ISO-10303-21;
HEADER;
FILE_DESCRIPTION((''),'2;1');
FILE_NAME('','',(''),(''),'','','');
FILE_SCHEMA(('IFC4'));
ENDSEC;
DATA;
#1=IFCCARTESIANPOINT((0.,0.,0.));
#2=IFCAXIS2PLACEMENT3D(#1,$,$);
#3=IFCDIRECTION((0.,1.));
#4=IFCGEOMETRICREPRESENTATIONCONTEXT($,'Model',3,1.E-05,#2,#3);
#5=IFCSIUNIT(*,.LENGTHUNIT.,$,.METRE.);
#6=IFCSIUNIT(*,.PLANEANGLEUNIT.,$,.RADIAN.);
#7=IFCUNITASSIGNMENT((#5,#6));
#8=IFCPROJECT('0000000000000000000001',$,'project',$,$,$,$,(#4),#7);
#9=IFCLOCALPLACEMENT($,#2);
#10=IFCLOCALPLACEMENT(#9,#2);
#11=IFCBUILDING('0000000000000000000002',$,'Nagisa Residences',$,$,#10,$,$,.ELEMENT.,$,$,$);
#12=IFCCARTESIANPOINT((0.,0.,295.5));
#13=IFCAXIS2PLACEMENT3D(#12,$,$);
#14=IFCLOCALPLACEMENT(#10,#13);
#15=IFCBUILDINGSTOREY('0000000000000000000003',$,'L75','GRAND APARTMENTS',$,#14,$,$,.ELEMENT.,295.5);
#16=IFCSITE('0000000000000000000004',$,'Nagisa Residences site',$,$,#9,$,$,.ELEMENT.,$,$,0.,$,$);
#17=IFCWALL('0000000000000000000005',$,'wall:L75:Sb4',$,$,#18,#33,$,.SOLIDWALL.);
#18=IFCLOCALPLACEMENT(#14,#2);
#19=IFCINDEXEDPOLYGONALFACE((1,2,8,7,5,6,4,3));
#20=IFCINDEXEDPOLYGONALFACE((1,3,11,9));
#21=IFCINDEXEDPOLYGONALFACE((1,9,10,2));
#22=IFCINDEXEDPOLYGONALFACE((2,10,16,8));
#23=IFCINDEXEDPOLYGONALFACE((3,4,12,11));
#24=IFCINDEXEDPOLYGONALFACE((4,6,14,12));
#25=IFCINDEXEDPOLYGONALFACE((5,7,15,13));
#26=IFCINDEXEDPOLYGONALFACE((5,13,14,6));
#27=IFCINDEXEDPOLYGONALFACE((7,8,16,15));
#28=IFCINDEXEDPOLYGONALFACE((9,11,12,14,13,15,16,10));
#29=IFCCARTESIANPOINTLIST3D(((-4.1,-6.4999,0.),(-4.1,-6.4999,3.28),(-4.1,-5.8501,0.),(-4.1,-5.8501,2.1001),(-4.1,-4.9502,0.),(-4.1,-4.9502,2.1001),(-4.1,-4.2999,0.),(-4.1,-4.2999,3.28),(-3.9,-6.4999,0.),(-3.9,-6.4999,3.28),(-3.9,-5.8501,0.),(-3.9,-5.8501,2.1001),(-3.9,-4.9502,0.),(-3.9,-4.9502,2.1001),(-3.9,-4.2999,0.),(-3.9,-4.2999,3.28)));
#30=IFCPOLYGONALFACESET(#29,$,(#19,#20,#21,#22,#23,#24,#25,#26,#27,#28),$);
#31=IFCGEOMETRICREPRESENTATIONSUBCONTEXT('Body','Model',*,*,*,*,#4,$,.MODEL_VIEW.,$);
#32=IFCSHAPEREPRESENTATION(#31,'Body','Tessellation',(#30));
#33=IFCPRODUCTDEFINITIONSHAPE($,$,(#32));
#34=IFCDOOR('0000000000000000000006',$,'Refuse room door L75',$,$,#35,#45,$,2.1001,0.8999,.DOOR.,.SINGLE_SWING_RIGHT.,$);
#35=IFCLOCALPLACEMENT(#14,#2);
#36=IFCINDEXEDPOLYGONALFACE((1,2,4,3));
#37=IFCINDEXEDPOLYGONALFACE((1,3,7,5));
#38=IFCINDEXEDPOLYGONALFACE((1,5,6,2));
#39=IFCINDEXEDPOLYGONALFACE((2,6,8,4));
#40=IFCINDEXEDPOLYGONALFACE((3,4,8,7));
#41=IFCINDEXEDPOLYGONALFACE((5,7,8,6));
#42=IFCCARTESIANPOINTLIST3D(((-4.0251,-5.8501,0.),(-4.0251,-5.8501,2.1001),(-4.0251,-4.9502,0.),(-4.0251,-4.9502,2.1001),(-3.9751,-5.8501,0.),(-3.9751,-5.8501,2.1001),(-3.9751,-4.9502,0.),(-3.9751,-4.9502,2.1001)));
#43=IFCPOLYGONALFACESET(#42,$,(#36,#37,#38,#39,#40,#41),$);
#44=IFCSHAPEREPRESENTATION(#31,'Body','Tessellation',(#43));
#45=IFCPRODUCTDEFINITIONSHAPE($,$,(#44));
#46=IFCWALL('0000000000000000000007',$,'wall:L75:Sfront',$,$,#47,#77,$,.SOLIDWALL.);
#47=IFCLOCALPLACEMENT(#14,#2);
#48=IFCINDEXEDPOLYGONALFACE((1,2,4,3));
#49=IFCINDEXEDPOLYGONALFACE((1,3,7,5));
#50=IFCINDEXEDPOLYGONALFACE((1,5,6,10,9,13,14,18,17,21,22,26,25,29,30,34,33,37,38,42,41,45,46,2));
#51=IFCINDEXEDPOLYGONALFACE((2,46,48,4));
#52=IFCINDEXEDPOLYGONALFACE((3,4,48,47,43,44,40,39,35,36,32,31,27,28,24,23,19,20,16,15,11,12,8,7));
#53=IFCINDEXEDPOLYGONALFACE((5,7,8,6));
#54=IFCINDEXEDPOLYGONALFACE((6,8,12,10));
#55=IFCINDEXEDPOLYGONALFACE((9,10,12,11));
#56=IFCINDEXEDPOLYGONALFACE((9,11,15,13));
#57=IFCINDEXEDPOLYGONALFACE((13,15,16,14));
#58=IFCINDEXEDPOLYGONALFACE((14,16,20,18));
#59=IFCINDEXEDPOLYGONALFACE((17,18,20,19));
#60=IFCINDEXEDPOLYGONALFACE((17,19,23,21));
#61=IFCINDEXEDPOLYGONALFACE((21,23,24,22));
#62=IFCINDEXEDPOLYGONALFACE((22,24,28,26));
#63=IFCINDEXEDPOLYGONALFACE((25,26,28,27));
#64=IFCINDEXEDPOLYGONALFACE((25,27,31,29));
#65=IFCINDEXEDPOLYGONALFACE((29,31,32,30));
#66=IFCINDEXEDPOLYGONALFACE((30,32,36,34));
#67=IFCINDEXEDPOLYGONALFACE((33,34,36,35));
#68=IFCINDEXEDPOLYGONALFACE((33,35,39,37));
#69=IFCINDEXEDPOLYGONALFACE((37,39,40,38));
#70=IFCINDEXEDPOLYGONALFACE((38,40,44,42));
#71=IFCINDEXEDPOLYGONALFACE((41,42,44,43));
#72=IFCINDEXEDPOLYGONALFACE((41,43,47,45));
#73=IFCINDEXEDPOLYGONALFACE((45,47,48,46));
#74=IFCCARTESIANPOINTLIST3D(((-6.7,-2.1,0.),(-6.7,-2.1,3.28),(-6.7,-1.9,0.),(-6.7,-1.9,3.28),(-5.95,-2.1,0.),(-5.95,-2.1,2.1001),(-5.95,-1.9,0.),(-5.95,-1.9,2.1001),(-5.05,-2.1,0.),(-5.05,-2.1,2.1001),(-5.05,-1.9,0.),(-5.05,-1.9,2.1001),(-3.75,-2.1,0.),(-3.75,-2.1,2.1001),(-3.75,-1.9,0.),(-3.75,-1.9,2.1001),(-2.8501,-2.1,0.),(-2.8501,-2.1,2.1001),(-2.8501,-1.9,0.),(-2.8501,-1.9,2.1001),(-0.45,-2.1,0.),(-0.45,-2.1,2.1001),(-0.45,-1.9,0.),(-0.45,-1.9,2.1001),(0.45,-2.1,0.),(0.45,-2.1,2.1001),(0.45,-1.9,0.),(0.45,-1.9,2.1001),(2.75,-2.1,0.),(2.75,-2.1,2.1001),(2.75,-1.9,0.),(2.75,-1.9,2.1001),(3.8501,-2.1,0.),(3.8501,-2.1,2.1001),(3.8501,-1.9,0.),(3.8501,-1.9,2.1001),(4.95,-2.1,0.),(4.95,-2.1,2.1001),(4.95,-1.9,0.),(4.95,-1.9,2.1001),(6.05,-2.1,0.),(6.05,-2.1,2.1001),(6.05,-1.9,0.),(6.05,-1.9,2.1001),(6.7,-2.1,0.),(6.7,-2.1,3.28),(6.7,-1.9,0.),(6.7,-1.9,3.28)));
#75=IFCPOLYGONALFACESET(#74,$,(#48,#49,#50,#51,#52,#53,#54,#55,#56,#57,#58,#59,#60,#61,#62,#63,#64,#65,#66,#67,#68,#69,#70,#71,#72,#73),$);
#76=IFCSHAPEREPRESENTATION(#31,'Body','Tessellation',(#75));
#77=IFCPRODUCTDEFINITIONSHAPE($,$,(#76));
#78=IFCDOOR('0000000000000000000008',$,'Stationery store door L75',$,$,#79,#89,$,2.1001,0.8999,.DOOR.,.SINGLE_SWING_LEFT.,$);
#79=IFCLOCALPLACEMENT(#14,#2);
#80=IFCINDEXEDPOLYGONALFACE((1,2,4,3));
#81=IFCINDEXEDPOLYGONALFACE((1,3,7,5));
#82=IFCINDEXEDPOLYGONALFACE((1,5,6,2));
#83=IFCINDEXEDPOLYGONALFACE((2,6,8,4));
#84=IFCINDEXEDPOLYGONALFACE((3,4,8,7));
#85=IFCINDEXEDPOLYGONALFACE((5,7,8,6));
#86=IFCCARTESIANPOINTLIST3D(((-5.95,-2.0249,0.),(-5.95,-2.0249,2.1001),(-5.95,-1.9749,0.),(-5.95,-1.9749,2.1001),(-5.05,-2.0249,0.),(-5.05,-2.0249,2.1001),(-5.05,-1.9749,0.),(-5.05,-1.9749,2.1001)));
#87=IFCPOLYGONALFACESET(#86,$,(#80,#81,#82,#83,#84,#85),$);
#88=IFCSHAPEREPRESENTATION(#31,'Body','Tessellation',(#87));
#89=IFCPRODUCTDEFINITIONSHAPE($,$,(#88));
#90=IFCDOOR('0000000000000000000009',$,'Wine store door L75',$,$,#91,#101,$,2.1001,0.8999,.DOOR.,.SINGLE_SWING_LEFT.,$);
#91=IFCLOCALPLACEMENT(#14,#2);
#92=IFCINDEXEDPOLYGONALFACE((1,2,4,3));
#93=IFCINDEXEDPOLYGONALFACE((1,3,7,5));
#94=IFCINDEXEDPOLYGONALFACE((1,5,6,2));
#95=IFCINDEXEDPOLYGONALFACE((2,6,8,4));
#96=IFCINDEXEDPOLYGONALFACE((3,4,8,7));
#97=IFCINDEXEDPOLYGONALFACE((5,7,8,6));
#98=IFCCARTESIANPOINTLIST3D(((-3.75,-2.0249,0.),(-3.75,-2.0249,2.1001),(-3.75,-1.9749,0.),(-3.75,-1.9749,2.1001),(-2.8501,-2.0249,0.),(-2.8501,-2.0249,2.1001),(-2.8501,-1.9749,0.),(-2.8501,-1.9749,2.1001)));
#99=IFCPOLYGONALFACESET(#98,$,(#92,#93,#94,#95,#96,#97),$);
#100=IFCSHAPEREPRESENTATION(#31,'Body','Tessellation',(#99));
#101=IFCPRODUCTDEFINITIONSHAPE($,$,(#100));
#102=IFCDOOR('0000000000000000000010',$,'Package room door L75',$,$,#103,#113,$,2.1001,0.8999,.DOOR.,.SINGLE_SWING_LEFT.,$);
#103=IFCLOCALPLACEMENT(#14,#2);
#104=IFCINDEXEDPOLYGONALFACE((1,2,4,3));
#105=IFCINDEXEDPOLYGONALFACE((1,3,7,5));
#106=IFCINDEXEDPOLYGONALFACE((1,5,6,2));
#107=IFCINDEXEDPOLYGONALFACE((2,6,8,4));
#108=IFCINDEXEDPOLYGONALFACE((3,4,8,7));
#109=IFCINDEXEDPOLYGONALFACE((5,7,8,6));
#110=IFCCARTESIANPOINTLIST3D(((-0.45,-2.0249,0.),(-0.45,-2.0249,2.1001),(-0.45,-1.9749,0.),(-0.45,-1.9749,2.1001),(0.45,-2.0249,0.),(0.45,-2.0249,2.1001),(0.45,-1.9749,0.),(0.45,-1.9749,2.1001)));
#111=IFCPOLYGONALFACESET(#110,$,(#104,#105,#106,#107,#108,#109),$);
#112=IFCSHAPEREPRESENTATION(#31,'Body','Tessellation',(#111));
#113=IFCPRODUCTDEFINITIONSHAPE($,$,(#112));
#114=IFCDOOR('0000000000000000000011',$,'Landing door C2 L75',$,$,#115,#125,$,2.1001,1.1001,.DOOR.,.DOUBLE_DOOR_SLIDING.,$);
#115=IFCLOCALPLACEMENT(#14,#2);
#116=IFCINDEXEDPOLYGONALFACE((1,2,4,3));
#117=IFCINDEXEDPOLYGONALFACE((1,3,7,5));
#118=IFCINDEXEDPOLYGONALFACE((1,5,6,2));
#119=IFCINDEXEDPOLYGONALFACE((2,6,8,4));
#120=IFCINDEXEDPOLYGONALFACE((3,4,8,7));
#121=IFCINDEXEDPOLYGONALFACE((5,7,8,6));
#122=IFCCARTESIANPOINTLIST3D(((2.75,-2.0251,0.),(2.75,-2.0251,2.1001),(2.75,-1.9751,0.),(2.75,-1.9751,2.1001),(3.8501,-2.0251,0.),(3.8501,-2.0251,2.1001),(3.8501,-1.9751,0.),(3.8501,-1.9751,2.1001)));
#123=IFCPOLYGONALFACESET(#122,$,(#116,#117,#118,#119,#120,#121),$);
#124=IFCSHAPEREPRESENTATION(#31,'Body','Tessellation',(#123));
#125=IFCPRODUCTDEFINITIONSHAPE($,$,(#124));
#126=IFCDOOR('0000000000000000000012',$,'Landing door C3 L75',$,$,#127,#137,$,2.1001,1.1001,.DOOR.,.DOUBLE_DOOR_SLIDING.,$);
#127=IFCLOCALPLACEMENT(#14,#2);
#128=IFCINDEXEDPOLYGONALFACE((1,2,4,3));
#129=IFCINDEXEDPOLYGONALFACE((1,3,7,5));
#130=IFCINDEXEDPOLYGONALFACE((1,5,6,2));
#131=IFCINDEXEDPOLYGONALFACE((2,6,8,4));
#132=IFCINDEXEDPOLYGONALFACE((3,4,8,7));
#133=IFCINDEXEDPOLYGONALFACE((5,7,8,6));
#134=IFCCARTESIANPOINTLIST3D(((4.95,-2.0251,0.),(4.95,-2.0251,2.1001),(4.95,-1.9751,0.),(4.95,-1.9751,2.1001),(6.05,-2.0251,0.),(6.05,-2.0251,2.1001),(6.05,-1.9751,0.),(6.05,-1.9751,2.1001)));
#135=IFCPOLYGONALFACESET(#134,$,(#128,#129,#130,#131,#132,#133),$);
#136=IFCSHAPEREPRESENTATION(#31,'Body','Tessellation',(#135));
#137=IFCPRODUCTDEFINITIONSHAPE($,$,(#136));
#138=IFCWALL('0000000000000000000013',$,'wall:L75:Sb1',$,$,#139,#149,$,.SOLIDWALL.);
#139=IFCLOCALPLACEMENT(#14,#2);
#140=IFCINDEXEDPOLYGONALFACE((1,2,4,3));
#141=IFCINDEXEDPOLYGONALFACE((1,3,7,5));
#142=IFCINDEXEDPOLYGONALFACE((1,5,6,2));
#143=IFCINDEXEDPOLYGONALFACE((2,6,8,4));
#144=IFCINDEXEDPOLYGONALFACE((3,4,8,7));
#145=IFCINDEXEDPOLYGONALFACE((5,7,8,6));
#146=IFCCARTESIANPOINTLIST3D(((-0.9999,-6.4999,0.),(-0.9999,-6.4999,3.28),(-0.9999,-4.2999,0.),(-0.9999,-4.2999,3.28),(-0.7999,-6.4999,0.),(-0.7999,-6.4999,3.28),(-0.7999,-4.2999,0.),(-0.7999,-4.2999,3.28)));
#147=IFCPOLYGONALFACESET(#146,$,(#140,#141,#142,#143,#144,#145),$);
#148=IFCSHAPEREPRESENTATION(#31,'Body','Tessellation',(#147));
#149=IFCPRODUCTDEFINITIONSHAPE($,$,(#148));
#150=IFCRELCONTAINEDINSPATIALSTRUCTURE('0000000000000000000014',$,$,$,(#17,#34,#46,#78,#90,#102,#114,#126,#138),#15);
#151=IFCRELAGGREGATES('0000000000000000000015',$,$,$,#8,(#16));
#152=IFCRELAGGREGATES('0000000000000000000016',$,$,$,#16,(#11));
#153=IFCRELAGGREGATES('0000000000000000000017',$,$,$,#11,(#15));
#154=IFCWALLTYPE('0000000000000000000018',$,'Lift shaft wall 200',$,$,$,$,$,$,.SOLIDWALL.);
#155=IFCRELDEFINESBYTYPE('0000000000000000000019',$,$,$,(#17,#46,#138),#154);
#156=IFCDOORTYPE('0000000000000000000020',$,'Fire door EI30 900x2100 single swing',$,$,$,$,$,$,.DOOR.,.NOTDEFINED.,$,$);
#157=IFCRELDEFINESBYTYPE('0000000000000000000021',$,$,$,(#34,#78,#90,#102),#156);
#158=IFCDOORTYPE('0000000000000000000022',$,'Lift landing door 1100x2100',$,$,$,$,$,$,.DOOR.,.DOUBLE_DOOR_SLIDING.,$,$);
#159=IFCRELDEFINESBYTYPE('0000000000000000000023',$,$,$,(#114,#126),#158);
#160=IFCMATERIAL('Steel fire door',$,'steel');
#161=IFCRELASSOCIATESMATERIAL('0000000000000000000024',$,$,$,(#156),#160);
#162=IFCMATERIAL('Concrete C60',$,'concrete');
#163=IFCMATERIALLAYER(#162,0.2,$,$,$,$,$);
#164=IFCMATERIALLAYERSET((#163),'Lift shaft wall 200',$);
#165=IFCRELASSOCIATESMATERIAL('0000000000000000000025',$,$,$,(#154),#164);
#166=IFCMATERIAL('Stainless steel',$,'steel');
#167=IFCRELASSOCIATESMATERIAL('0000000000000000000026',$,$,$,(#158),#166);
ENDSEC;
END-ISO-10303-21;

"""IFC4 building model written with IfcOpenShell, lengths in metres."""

from ifc_helpers import new_model, si_unit, direction, frame, frame_2d, origin, place, context, subcontext, project, spatial, rectangle, extrude, material, layer, layer_set, type_object, element, fill, save


model = new_model("IFC4")

# Units and contexts
model_context = context("Model", 3, precision=1e-05, world=origin(), true_north=direction((0.0, 1.0)))
body_context = subcontext(model_context, "Body", "Model", "MODEL_VIEW")
ifc_project = project(units=[si_unit("LENGTHUNIT", "METRE"), si_unit("PLANEANGLEUNIT", "RADIAN")], contexts=[model_context])

# Site, building, storey
site_placement = place(None, origin())
site = spatial("IfcSite", under=ifc_project, at=site_placement, Name="Nagisa Residences site", CompositionType="ELEMENT", RefElevation=0.0)
building_placement = place(site_placement, origin())
building = spatial("IfcBuilding", under=site, at=building_placement, Name="Nagisa Residences", CompositionType="ELEMENT")
storey_placement = place(building_placement, frame((0.0, 0.0, 295.5)))
storey = spatial("IfcBuildingStorey", under=building, at=storey_placement, Name="L75", Description="GRAND APARTMENTS", CompositionType="ELEMENT", Elevation=295.5)

# Wall, opening, door
ifc_material_1 = material(Name="Steel fire door", Category="steel")
door_type_1 = type_object("IfcDoorType", Name="Fire door EI30 900x2100 single swing", OperationType="NOTDEFINED", PredefinedType="DOOR", material=ifc_material_1)
ifc_material_2 = material(Name="Concrete C60", Category="concrete")
ifc_layer_1 = layer(ifc_material_2, 0.2)
ifc_layer_set_1 = layer_set([ifc_layer_1], Name="Lift shaft wall 200")
wall_type_1 = type_object("IfcWallType", Name="Lift shaft wall 200", PredefinedType="SOLIDWALL", material=ifc_layer_set_1)
wall_1_placement = place(storey_placement, frame((-4.0, -6.5, 0.0), z_axis=(0.0, 0.0, 1.0), x_axis=(0.0, 1.0, 0.0)))
wall_1 = element("IfcWall", 1, at=wall_1_placement, inside=storey, type_object=wall_type_1, Name="wall:L75:Sb4", PredefinedType="SOLIDWALL", context=body_context, shape_type="SweptSolid", body=[
    extrude(rectangle(XDim=2.2, YDim=0.2, at=frame_2d((1.1001, 0.0))), origin(), (0.0, 0.0, 1.0), 3.28),
])
opening_1_placement = place(wall_1_placement, frame((0.6499, 0.0, 0.0)))
opening_1 = element("IfcOpeningElement", 2, at=opening_1_placement, cuts=wall_1, PredefinedType="OPENING", context=body_context, shape_type="SweptSolid", body=[
    extrude(rectangle(XDim=0.8999, YDim=2.1001, at=frame_2d((0.45, 1.05))), frame((0.0, 0.1099, 0.0), z_axis=(0.0, -1.0, 0.0), x_axis=(1.0, 0.0, 0.0)), (0.0, 0.0, 1.0), 0.22),
])
door_1_placement = place(opening_1_placement, frame((0.8999, 0.0, 0.0), x_axis=(-1.0, 0.0, 0.0)))
door_1 = element("IfcDoor", 3, at=door_1_placement, inside=storey, type_object=door_type_1, Name="Refuse room door L75", OperationType="SINGLE_SWING_RIGHT", OverallHeight=2.1001, OverallWidth=0.8999, PredefinedType="DOOR", context=body_context, shape_type="SweptSolid", body=[
    extrude(rectangle(XDim=0.8999, YDim=2.1001, at=frame_2d((0.45, 1.05))), frame((0.0, 0.0249, 0.0), z_axis=(0.0, -1.0, 0.0), x_axis=(1.0, 0.0, 0.0)), (0.0, 0.0, 1.0), 0.05),
])
fill(opening_1, door_1)

# Wall, openings, doors
wall_2_placement = place(storey_placement, frame((-6.7, -2.0, 0.0), z_axis=(0.0, 0.0, 1.0), x_axis=(1.0, 0.0, 0.0)))
wall_2 = element("IfcWall", 4, at=wall_2_placement, inside=storey, type_object=wall_type_1, Name="wall:L75:Sfront", PredefinedType="SOLIDWALL", context=body_context, shape_type="SweptSolid", body=[
    extrude(rectangle(XDim=13.3999, YDim=0.2, at=frame_2d((6.7, 0.0))), origin(), (0.0, 0.0, 1.0), 3.28),
])
opening_2_placement = place(wall_2_placement, frame((9.45, 0.0, 0.0)))
opening_2 = element("IfcOpeningElement", 5, at=opening_2_placement, cuts=wall_2, PredefinedType="OPENING", context=body_context, shape_type="SweptSolid", body=[
    extrude(rectangle(XDim=1.1001, YDim=2.1001, at=frame_2d((0.55, 1.05))), frame((0.0, 0.1099, 0.0), z_axis=(0.0, -1.0, 0.0), x_axis=(1.0, 0.0, 0.0)), (0.0, 0.0, 1.0), 0.22),
])
opening_3_placement = place(wall_2_placement, frame((11.6499, 0.0, 0.0)))
opening_3 = element("IfcOpeningElement", 6, at=opening_3_placement, cuts=wall_2, PredefinedType="OPENING", context=body_context, shape_type="SweptSolid", body=[
    extrude(rectangle(XDim=1.1001, YDim=2.1001, at=frame_2d((0.55, 1.05))), frame((0.0, 0.1099, 0.0), z_axis=(0.0, -1.0, 0.0), x_axis=(1.0, 0.0, 0.0)), (0.0, 0.0, 1.0), 0.22),
])
opening_4_placement = place(wall_2_placement, frame((0.75, 0.0, 0.0)))
opening_4 = element("IfcOpeningElement", 7, at=opening_4_placement, cuts=wall_2, PredefinedType="OPENING", context=body_context, shape_type="SweptSolid", body=[
    extrude(rectangle(XDim=0.8999, YDim=2.1001, at=frame_2d((0.45, 1.05))), frame((0.0, 0.1099, 0.0), z_axis=(0.0, -1.0, 0.0), x_axis=(1.0, 0.0, 0.0)), (0.0, 0.0, 1.0), 0.22),
])
opening_5_placement = place(wall_2_placement, frame((2.95, 0.0, 0.0)))
opening_5 = element("IfcOpeningElement", 8, at=opening_5_placement, cuts=wall_2, PredefinedType="OPENING", context=body_context, shape_type="SweptSolid", body=[
    extrude(rectangle(XDim=0.8999, YDim=2.1001, at=frame_2d((0.45, 1.05))), frame((0.0, 0.1099, 0.0), z_axis=(0.0, -1.0, 0.0), x_axis=(1.0, 0.0, 0.0)), (0.0, 0.0, 1.0), 0.22),
])
opening_6_placement = place(wall_2_placement, frame((6.25, 0.0, 0.0)))
opening_6 = element("IfcOpeningElement", 9, at=opening_6_placement, cuts=wall_2, PredefinedType="OPENING", context=body_context, shape_type="SweptSolid", body=[
    extrude(rectangle(XDim=0.8999, YDim=2.1001, at=frame_2d((0.45, 1.05))), frame((0.0, 0.1099, 0.0), z_axis=(0.0, -1.0, 0.0), x_axis=(1.0, 0.0, 0.0)), (0.0, 0.0, 1.0), 0.22),
])
door_2_placement = place(opening_4_placement, frame((0.8999, 0.0, 0.0), x_axis=(-1.0, 0.0, 0.0)))
door_2 = element("IfcDoor", 10, at=door_2_placement, inside=storey, type_object=door_type_1, Name="Stationery store door L75", OperationType="SINGLE_SWING_LEFT", OverallHeight=2.1001, OverallWidth=0.8999, PredefinedType="DOOR", context=body_context, shape_type="SweptSolid", body=[
    extrude(rectangle(XDim=0.8999, YDim=2.1001, at=frame_2d((0.45, 1.05))), frame((0.0, 0.0249, 0.0), z_axis=(0.0, -1.0, 0.0), x_axis=(1.0, 0.0, 0.0)), (0.0, 0.0, 1.0), 0.05),
])
fill(opening_4, door_2)
door_3_placement = place(opening_5_placement, frame((0.8999, 0.0, 0.0), x_axis=(-1.0, 0.0, 0.0)))
door_3 = element("IfcDoor", 11, at=door_3_placement, inside=storey, type_object=door_type_1, Name="Wine store door L75", OperationType="SINGLE_SWING_LEFT", OverallHeight=2.1001, OverallWidth=0.8999, PredefinedType="DOOR", context=body_context, shape_type="SweptSolid", body=[
    extrude(rectangle(XDim=0.8999, YDim=2.1001, at=frame_2d((0.45, 1.05))), frame((0.0, 0.0249, 0.0), z_axis=(0.0, -1.0, 0.0), x_axis=(1.0, 0.0, 0.0)), (0.0, 0.0, 1.0), 0.05),
])
fill(opening_5, door_3)
door_4_placement = place(opening_6_placement, frame((0.8999, 0.0, 0.0), x_axis=(-1.0, 0.0, 0.0)))
door_4 = element("IfcDoor", 12, at=door_4_placement, inside=storey, type_object=door_type_1, Name="Package room door L75", OperationType="SINGLE_SWING_LEFT", OverallHeight=2.1001, OverallWidth=0.8999, PredefinedType="DOOR", context=body_context, shape_type="SweptSolid", body=[
    extrude(rectangle(XDim=0.8999, YDim=2.1001, at=frame_2d((0.45, 1.05))), frame((0.0, 0.0249, 0.0), z_axis=(0.0, -1.0, 0.0), x_axis=(1.0, 0.0, 0.0)), (0.0, 0.0, 1.0), 0.05),
])
fill(opening_6, door_4)
ifc_material_3 = material(Name="Stainless steel", Category="steel")
door_type_2 = type_object("IfcDoorType", Name="Lift landing door 1100x2100", OperationType="DOUBLE_DOOR_SLIDING", PredefinedType="DOOR", material=ifc_material_3)
door_5_placement = place(opening_2_placement, origin())
door_5 = element("IfcDoor", 13, at=door_5_placement, inside=storey, type_object=door_type_2, Name="Landing door C2 L75", OperationType="DOUBLE_DOOR_SLIDING", OverallHeight=2.1001, OverallWidth=1.1001, PredefinedType="DOOR", context=body_context, shape_type="SweptSolid", body=[
    extrude(rectangle(XDim=1.1001, YDim=2.1001, at=frame_2d((0.55, 1.05))), frame((0.0, 0.0249, 0.0), z_axis=(0.0, -1.0, 0.0), x_axis=(1.0, 0.0, 0.0)), (0.0, 0.0, 1.0), 0.05),
])
fill(opening_2, door_5)
door_6_placement = place(opening_3_placement, origin())
door_6 = element("IfcDoor", 14, at=door_6_placement, inside=storey, type_object=door_type_2, Name="Landing door C3 L75", OperationType="DOUBLE_DOOR_SLIDING", OverallHeight=2.1001, OverallWidth=1.1001, PredefinedType="DOOR", context=body_context, shape_type="SweptSolid", body=[
    extrude(rectangle(XDim=1.1001, YDim=2.1001, at=frame_2d((0.55, 1.05))), frame((0.0, 0.0249, 0.0), z_axis=(0.0, -1.0, 0.0), x_axis=(1.0, 0.0, 0.0)), (0.0, 0.0, 1.0), 0.05),
])
fill(opening_3, door_6)

# Wall
wall_3_placement = place(storey_placement, frame((-0.8999, -6.5, 0.0), z_axis=(0.0, 0.0, 1.0), x_axis=(0.0, 1.0, 0.0)))
element("IfcWall", 15, at=wall_3_placement, inside=storey, type_object=wall_type_1, Name="wall:L75:Sb1", PredefinedType="SOLIDWALL", context=body_context, shape_type="SweptSolid", body=[
    extrude(rectangle(XDim=2.2, YDim=0.2, at=frame_2d((1.1001, 0.0))), origin(), (0.0, 0.0, 1.0), 3.28),
])

save(model, "model.ifc")
